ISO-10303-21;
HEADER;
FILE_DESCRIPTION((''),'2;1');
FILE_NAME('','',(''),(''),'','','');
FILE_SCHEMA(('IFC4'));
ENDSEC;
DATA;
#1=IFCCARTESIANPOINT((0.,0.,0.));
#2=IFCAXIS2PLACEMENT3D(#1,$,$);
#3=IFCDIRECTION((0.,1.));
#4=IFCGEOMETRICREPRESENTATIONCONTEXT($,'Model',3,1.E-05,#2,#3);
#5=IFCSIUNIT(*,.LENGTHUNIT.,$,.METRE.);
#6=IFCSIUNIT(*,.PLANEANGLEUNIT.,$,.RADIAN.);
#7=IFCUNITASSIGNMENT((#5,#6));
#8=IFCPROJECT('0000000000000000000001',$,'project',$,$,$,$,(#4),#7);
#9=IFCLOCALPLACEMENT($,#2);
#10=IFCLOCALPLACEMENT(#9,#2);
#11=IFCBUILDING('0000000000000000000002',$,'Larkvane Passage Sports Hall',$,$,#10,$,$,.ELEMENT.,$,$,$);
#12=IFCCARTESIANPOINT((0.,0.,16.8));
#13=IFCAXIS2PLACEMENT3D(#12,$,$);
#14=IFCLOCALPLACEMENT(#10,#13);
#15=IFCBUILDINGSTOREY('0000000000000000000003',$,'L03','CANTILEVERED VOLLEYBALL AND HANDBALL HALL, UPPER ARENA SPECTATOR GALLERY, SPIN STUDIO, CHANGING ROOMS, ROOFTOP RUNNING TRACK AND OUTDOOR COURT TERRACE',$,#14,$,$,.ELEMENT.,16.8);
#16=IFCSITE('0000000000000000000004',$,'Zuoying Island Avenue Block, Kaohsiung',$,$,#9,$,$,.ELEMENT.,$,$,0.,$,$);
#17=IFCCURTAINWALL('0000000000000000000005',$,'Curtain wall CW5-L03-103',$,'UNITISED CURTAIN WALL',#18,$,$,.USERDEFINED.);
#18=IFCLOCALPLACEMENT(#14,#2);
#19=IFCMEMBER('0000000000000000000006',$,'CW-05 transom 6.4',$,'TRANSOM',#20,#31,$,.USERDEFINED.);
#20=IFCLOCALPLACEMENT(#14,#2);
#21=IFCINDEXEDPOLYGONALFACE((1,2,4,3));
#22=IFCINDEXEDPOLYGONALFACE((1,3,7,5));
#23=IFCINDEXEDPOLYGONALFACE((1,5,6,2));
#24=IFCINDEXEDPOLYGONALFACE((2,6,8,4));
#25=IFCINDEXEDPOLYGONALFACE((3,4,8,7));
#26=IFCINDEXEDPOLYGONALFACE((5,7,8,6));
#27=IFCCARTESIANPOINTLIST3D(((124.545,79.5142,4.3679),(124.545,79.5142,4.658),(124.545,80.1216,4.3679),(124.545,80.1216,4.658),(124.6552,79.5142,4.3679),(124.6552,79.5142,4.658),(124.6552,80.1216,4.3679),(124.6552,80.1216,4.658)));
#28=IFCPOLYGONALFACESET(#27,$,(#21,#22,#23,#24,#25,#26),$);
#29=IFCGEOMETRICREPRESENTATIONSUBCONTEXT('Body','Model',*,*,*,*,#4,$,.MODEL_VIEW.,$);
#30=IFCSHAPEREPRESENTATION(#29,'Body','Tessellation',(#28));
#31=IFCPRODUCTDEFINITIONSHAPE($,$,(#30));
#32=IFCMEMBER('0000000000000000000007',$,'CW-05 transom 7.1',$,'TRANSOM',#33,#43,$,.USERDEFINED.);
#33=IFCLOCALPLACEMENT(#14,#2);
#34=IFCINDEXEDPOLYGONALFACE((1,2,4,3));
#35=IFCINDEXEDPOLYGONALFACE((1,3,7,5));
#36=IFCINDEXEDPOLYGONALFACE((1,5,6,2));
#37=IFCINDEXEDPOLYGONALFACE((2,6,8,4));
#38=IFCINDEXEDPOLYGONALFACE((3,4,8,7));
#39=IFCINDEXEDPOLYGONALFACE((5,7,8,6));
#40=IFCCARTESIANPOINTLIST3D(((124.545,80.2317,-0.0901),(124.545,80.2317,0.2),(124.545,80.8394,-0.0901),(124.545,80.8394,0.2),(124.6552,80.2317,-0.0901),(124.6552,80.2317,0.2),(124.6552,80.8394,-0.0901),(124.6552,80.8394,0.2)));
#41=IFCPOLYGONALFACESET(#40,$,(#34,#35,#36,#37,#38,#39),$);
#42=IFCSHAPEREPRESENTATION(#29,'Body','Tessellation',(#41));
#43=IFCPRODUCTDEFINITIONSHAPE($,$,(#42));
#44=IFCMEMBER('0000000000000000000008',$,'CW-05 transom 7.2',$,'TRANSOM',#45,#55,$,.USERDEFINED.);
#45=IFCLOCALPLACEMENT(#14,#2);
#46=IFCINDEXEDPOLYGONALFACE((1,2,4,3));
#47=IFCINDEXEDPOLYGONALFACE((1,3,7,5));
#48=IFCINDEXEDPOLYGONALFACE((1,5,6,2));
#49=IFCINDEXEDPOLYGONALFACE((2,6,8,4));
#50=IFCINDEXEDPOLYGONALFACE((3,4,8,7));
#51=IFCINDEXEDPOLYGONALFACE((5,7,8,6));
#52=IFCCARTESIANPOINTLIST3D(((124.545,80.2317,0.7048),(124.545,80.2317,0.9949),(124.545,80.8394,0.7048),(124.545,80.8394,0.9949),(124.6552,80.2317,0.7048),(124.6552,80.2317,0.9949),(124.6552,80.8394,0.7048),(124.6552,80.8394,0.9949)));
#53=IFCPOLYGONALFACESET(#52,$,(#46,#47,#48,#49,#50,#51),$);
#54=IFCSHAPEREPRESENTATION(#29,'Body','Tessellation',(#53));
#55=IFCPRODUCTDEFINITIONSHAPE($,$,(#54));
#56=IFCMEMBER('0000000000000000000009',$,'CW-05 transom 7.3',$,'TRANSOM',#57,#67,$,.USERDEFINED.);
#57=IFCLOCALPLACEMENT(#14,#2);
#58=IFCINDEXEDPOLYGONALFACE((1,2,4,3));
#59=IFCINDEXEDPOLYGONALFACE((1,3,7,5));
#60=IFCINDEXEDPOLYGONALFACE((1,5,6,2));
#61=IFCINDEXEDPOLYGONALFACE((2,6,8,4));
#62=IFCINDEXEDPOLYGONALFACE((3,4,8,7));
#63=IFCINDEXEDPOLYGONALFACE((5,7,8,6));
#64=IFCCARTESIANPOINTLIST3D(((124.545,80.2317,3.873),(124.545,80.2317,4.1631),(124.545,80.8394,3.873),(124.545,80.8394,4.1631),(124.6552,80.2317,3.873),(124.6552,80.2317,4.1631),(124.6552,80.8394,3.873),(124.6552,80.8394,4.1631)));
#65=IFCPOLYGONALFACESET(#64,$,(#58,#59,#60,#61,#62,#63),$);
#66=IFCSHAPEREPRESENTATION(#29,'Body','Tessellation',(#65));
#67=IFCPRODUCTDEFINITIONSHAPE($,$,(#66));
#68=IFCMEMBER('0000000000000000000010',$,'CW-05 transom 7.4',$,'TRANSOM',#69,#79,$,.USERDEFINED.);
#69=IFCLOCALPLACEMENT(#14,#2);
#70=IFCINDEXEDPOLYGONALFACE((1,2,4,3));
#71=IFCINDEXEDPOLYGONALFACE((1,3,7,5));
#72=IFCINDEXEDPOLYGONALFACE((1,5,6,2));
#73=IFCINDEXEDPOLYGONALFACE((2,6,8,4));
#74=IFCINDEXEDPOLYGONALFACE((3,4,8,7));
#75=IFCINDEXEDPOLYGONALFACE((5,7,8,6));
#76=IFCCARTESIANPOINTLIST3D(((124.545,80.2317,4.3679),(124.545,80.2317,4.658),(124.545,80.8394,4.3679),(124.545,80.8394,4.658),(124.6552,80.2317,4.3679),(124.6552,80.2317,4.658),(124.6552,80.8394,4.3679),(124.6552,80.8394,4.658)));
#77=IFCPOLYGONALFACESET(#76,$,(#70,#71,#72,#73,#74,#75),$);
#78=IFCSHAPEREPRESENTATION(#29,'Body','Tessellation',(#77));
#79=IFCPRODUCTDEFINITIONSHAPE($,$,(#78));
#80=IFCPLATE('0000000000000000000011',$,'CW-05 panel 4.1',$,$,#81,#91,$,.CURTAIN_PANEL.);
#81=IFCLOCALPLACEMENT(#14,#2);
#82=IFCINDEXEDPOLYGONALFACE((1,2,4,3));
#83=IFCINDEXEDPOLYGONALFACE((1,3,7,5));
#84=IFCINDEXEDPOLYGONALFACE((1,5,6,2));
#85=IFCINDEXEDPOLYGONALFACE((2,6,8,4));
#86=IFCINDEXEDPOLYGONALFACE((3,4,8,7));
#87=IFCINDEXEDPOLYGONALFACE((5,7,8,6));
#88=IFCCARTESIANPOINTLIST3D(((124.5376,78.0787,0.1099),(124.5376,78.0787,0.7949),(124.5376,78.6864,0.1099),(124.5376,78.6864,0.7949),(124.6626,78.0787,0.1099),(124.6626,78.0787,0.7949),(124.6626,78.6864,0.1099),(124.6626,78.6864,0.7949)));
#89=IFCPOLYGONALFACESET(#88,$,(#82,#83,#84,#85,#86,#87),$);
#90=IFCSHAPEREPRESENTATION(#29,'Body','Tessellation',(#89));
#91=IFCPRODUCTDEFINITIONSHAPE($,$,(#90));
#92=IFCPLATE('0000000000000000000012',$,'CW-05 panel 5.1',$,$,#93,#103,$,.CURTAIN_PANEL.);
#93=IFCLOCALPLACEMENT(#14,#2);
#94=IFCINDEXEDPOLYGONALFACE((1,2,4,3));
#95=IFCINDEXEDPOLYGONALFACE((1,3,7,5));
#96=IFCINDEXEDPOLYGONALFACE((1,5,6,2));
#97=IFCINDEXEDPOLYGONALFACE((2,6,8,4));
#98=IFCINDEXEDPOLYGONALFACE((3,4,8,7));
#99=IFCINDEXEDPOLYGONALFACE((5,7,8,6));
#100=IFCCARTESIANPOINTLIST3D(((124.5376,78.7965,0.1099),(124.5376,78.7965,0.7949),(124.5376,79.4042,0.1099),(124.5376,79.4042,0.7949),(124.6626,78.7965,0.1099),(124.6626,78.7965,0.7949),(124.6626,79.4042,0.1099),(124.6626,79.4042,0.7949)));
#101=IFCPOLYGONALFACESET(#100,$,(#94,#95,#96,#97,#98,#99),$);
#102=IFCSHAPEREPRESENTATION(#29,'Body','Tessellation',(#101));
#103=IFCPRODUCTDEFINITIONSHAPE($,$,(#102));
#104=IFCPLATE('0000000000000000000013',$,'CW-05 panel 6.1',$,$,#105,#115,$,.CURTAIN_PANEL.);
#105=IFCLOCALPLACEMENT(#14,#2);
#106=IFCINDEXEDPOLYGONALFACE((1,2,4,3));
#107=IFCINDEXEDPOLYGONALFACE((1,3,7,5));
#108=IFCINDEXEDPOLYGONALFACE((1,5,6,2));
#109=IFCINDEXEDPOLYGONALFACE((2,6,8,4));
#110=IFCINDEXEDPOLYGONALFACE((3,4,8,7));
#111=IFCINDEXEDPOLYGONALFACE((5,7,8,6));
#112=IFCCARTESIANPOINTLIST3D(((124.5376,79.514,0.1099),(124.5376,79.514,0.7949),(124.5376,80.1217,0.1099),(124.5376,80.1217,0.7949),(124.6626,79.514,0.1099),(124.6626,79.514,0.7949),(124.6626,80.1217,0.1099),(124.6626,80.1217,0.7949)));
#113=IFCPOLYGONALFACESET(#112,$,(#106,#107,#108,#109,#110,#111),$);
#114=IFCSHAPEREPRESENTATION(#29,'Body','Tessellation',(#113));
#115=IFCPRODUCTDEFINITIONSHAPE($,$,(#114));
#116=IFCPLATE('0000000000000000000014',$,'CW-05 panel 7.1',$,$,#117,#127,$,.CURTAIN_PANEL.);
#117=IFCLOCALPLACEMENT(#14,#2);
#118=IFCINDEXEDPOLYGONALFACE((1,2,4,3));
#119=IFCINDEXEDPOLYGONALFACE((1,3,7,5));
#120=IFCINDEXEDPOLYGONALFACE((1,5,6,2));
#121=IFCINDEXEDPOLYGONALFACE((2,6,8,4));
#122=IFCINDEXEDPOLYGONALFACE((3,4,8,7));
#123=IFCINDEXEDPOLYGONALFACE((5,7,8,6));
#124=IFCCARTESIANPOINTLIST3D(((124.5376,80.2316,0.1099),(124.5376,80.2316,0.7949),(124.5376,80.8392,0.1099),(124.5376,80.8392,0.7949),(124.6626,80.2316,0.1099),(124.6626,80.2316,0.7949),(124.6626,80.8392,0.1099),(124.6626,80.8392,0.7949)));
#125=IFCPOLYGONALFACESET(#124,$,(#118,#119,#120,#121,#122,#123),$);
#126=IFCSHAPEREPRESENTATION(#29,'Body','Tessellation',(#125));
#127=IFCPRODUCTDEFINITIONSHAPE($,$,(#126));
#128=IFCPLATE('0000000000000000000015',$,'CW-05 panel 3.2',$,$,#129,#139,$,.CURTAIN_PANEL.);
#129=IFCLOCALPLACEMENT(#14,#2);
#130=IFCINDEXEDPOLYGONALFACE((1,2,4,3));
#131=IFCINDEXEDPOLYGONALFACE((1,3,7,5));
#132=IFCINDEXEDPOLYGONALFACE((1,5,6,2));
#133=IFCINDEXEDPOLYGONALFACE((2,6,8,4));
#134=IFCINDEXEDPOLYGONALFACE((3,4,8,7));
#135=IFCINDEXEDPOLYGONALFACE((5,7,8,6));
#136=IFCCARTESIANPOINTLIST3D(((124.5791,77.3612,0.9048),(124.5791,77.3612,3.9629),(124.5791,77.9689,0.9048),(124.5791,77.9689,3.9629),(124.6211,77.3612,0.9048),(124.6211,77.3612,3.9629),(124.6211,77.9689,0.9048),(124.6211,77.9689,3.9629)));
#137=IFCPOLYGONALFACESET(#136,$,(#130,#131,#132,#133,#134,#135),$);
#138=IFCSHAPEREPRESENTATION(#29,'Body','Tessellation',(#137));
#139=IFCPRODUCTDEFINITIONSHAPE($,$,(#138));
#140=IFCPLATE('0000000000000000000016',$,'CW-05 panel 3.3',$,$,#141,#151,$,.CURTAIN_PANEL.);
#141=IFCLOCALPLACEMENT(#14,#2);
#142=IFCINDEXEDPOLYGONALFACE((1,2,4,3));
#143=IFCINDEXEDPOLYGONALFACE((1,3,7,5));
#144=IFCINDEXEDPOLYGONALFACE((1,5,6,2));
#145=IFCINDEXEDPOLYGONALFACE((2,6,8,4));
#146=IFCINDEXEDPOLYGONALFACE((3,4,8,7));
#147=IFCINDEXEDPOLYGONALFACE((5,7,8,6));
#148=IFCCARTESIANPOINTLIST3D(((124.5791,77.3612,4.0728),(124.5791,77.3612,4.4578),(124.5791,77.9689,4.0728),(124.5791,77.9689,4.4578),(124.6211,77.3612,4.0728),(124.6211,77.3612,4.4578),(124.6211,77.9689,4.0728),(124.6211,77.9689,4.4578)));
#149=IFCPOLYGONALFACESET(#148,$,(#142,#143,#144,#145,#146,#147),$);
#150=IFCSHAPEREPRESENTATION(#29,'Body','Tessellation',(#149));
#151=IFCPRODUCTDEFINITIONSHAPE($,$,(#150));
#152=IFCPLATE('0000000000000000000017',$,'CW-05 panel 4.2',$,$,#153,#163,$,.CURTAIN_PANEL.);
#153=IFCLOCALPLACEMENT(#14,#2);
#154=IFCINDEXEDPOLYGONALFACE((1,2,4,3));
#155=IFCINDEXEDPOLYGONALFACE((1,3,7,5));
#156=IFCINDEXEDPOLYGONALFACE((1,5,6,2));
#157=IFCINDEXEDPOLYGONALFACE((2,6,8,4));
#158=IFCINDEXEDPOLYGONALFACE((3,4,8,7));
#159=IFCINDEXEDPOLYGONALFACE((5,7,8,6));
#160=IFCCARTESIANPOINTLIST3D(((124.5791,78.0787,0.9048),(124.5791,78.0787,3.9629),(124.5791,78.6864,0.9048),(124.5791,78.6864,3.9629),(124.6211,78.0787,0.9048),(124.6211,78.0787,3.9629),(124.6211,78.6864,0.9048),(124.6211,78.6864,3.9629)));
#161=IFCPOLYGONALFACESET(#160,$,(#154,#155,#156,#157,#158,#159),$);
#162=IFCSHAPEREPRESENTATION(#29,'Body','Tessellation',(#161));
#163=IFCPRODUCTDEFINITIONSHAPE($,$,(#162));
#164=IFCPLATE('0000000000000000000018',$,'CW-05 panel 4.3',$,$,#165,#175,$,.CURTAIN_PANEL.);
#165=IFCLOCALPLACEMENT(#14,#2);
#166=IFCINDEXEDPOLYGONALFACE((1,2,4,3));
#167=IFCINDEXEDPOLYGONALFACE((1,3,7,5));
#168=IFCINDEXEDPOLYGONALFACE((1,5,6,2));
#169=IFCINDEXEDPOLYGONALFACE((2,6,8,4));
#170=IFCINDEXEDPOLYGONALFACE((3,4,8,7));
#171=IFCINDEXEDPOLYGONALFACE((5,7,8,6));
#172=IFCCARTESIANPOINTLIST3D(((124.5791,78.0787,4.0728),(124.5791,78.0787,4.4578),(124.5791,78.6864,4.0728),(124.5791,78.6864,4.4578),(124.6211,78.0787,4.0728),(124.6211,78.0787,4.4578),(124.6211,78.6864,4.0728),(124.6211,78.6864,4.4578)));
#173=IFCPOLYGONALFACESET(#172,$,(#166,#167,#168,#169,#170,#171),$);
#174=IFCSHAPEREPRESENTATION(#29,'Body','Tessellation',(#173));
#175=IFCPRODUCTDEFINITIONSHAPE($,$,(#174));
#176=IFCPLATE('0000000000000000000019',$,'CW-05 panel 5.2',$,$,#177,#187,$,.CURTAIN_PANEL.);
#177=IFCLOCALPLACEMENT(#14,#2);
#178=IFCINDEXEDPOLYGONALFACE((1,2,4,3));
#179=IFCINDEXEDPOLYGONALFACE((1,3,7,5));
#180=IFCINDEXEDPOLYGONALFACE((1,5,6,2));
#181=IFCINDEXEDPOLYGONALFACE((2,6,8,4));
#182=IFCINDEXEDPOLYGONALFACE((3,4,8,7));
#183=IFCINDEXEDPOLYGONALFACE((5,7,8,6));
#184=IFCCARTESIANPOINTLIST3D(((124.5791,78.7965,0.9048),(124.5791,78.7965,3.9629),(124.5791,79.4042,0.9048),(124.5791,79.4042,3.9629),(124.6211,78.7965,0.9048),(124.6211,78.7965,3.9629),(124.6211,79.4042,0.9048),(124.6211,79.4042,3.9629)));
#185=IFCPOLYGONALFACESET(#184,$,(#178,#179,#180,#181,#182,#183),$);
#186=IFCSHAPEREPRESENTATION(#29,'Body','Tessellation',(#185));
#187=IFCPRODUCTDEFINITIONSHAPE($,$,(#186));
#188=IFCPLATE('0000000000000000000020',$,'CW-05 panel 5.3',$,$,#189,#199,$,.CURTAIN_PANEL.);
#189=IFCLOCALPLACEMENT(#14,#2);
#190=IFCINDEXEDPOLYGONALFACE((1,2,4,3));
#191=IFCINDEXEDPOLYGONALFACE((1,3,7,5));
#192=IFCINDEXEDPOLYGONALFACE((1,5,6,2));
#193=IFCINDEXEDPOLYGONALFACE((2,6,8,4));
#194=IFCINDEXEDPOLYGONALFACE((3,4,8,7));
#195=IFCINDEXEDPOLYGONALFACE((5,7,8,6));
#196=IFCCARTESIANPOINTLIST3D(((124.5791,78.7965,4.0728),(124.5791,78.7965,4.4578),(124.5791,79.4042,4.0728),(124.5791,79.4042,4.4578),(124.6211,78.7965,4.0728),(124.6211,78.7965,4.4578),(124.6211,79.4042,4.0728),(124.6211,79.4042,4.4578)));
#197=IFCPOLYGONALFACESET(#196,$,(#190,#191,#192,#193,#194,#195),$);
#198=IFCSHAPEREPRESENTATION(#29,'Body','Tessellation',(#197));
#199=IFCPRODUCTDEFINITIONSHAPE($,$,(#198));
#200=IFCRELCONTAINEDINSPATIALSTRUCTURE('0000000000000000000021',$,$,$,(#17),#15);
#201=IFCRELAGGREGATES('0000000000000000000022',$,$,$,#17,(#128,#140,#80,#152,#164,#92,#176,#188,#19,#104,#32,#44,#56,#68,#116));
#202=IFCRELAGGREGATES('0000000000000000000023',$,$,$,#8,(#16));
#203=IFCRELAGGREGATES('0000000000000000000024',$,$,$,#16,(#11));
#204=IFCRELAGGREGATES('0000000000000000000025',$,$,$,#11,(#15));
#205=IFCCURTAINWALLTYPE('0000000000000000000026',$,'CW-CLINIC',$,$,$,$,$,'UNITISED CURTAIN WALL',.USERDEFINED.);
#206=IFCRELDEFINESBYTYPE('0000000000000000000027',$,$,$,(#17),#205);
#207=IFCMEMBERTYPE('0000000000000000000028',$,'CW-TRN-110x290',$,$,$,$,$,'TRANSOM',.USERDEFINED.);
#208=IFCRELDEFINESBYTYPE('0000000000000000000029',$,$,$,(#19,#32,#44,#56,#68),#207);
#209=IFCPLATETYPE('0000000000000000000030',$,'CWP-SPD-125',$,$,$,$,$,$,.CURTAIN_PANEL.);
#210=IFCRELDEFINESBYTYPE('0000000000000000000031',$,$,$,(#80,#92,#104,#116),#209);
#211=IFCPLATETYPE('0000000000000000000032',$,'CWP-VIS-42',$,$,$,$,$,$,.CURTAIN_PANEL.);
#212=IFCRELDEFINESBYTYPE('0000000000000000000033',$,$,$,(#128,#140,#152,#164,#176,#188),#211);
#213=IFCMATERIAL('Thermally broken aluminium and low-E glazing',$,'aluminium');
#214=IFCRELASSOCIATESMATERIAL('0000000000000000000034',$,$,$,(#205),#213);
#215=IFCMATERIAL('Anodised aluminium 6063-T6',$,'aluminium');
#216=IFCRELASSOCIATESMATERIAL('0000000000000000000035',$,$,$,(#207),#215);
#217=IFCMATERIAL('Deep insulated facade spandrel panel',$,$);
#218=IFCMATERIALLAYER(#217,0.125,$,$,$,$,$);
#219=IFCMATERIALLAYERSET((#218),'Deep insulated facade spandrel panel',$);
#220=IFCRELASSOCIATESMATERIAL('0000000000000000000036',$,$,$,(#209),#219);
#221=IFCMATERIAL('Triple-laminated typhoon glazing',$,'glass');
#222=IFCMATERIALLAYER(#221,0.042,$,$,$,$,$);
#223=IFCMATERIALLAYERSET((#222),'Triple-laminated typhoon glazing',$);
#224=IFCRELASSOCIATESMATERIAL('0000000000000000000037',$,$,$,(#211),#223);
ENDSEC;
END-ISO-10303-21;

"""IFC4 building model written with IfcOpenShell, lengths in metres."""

from ifc_helpers import new_model, si_unit, direction, frame, origin, origin_2d, place, context, subcontext, project, spatial, rectangle, extrude, material, layer, layer_set, material_profile, profile_set, type_object, element, aggregate, save


model = new_model("IFC4")

# Units and contexts
model_context = context("Model", 3, precision=1e-05, world=origin(), true_north=direction((0.0, 1.0)))
body_context = subcontext(model_context, "Body", "Model", "MODEL_VIEW")
ifc_project = project(units=[si_unit("LENGTHUNIT", "METRE"), si_unit("PLANEANGLEUNIT", "RADIAN")], contexts=[model_context])

# Site, building, storey
site_placement = place(None, origin())
site = spatial("IfcSite", under=ifc_project, at=site_placement, Name="Zuoying Island Avenue Block, Kaohsiung", CompositionType="ELEMENT", RefElevation=0.0)
building_placement = place(site_placement, origin())
building = spatial("IfcBuilding", under=site, at=building_placement, Name="Larkvane Passage Sports Hall", CompositionType="ELEMENT")
storey_placement = place(building_placement, frame((0.0, 0.0, 16.8)))
storey = spatial("IfcBuildingStorey", under=building, at=storey_placement, Name="L03", Description="CANTILEVERED VOLLEYBALL AND HANDBALL HALL, UPPER ARENA SPECTATOR GALLERY, SPIN STUDIO, CHANGING ROOMS, ROOFTOP RUNNING TRACK AND OUTDOOR COURT TERRACE", CompositionType="ELEMENT", Elevation=16.8)

# Curtain wall, members, plates
ifc_material_1 = material(Name="Thermally broken aluminium and low-E glazing", Category="aluminium")
curtain_wall_type = type_object("IfcCurtainWallType", Name="CW-CLINIC", ElementType="UNITISED CURTAIN WALL", PredefinedType="USERDEFINED", material=ifc_material_1)
curtain_wall_placement = place(storey_placement, origin())
curtain_wall = element("IfcCurtainWall", 1, at=curtain_wall_placement, inside=storey, type_object=curtain_wall_type, Name="Curtain wall CW5-L03-103", ObjectType="UNITISED CURTAIN WALL", PredefinedType="USERDEFINED")
ifc_material_2 = material(Name="Anodised aluminium 6063-T6", Category="aluminium")
ifc_material_profile_1 = material_profile(ifc_material_2, rectangle(XDim=0.1101, YDim=0.29, at=origin_2d()), Name="ALU-TRN-110x290")
ifc_profile_set_1 = profile_set([ifc_material_profile_1], Name="Anodised aluminium 6063-T6")
member_type_1 = type_object("IfcMemberType", Name="CW-TRN-110x290", ElementType="TRANSOM", PredefinedType="USERDEFINED", material=ifc_profile_set_1)
member_1_placement = place(storey_placement, frame((124.6001, 79.5142, 4.5129), z_axis=(0.0, 1.0, 0.0), x_axis=(-1.0, 0.0, 0.0)))
member_1 = element("IfcMember", 2, at=member_1_placement, type_object=member_type_1, Name="CW-05 transom 6.4", ObjectType="TRANSOM", PredefinedType="USERDEFINED", context=body_context, shape_type="SweptSolid", body=[
    extrude(rectangle(XDim=0.1101, YDim=0.29, at=origin_2d()), origin(), (0.0, 0.0, 1.0), 0.6074),
])
member_2_placement = place(storey_placement, frame((124.6001, 80.2317, 0.0549), z_axis=(0.0, 1.0, 0.0), x_axis=(-1.0, 0.0, 0.0)))
member_2 = element("IfcMember", 3, at=member_2_placement, type_object=member_type_1, Name="CW-05 transom 7.1", ObjectType="TRANSOM", PredefinedType="USERDEFINED", context=body_context, shape_type="SweptSolid", body=[
    extrude(rectangle(XDim=0.1101, YDim=0.29, at=origin_2d()), origin(), (0.0, 0.0, 1.0), 0.6077),
])
member_3_placement = place(storey_placement, frame((124.6001, 80.2317, 0.8499), z_axis=(0.0, 1.0, 0.0), x_axis=(-1.0, 0.0, 0.0)))
member_3 = element("IfcMember", 4, at=member_3_placement, type_object=member_type_1, Name="CW-05 transom 7.2", ObjectType="TRANSOM", PredefinedType="USERDEFINED", context=body_context, shape_type="SweptSolid", body=[
    extrude(rectangle(XDim=0.1101, YDim=0.29, at=origin_2d()), origin(), (0.0, 0.0, 1.0), 0.6077),
])
member_4_placement = place(storey_placement, frame((124.6001, 80.2317, 4.0181), z_axis=(0.0, 1.0, 0.0), x_axis=(-1.0, 0.0, 0.0)))
member_4 = element("IfcMember", 5, at=member_4_placement, type_object=member_type_1, Name="CW-05 transom 7.3", ObjectType="TRANSOM", PredefinedType="USERDEFINED", context=body_context, shape_type="SweptSolid", body=[
    extrude(rectangle(XDim=0.1101, YDim=0.29, at=origin_2d()), origin(), (0.0, 0.0, 1.0), 0.6077),
])
member_5_placement = place(storey_placement, frame((124.6001, 80.2317, 4.5129), z_axis=(0.0, 1.0, 0.0), x_axis=(-1.0, 0.0, 0.0)))
member_5 = element("IfcMember", 6, at=member_5_placement, type_object=member_type_1, Name="CW-05 transom 7.4", ObjectType="TRANSOM", PredefinedType="USERDEFINED", context=body_context, shape_type="SweptSolid", body=[
    extrude(rectangle(XDim=0.1101, YDim=0.29, at=origin_2d()), origin(), (0.0, 0.0, 1.0), 0.6077),
])
ifc_material_3 = material(Name="Deep insulated facade spandrel panel")
ifc_layer_1 = layer(ifc_material_3, 0.125)
ifc_layer_set_1 = layer_set([ifc_layer_1], Name="Deep insulated facade spandrel panel")
plate_type_1 = type_object("IfcPlateType", Name="CWP-SPD-125", PredefinedType="CURTAIN_PANEL", material=ifc_layer_set_1)
plate_1_placement = place(storey_placement, frame((124.6001, 78.3826, 0.1099), z_axis=(0.0, 0.0, 1.0), x_axis=(0.0, 1.0, 0.0)))
plate_1 = element("IfcPlate", 7, at=plate_1_placement, type_object=plate_type_1, Name="CW-05 panel 4.1", PredefinedType="CURTAIN_PANEL", context=body_context, shape_type="SweptSolid", body=[
    extrude(rectangle(XDim=0.6077, YDim=0.125, at=origin_2d()), origin(), (0.0, 0.0, 1.0), 0.6851),
])
plate_2_placement = place(storey_placement, frame((124.6001, 79.1003, 0.1099), z_axis=(0.0, 0.0, 1.0), x_axis=(0.0, 1.0, 0.0)))
plate_2 = element("IfcPlate", 8, at=plate_2_placement, type_object=plate_type_1, Name="CW-05 panel 5.1", PredefinedType="CURTAIN_PANEL", context=body_context, shape_type="SweptSolid", body=[
    extrude(rectangle(XDim=0.6077, YDim=0.125, at=origin_2d()), origin(), (0.0, 0.0, 1.0), 0.6851),
])
plate_3_placement = place(storey_placement, frame((124.6001, 79.8179, 0.1099), z_axis=(0.0, 0.0, 1.0), x_axis=(0.0, 1.0, 0.0)))
plate_3 = element("IfcPlate", 9, at=plate_3_placement, type_object=plate_type_1, Name="CW-05 panel 6.1", PredefinedType="CURTAIN_PANEL", context=body_context, shape_type="SweptSolid", body=[
    extrude(rectangle(XDim=0.6077, YDim=0.125, at=origin_2d()), origin(), (0.0, 0.0, 1.0), 0.6851),
])
plate_4_placement = place(storey_placement, frame((124.6001, 80.5354, 0.1099), z_axis=(0.0, 0.0, 1.0), x_axis=(0.0, 1.0, 0.0)))
plate_4 = element("IfcPlate", 10, at=plate_4_placement, type_object=plate_type_1, Name="CW-05 panel 7.1", PredefinedType="CURTAIN_PANEL", context=body_context, shape_type="SweptSolid", body=[
    extrude(rectangle(XDim=0.6077, YDim=0.125, at=origin_2d()), origin(), (0.0, 0.0, 1.0), 0.6851),
])
ifc_material_4 = material(Name="Triple-laminated typhoon glazing", Category="glass")
ifc_layer_2 = layer(ifc_material_4, 0.042)
ifc_layer_set_2 = layer_set([ifc_layer_2], Name="Triple-laminated typhoon glazing")
plate_type_2 = type_object("IfcPlateType", Name="CWP-VIS-42", PredefinedType="CURTAIN_PANEL", material=ifc_layer_set_2)
plate_5_placement = place(storey_placement, frame((124.6001, 77.665, 0.9048), z_axis=(0.0, 0.0, 1.0), x_axis=(0.0, 1.0, 0.0)))
plate_5 = element("IfcPlate", 11, at=plate_5_placement, type_object=plate_type_2, Name="CW-05 panel 3.2", PredefinedType="CURTAIN_PANEL", context=body_context, shape_type="SweptSolid", body=[
    extrude(rectangle(XDim=0.6077, YDim=0.042, at=origin_2d()), origin(), (0.0, 0.0, 1.0), 3.0581),
])
plate_6_placement = place(storey_placement, frame((124.6001, 77.665, 4.0728), z_axis=(0.0, 0.0, 1.0), x_axis=(0.0, 1.0, 0.0)))
plate_6 = element("IfcPlate", 12, at=plate_6_placement, type_object=plate_type_2, Name="CW-05 panel 3.3", PredefinedType="CURTAIN_PANEL", context=body_context, shape_type="SweptSolid", body=[
    extrude(rectangle(XDim=0.6077, YDim=0.042, at=origin_2d()), origin(), (0.0, 0.0, 1.0), 0.385),
])
plate_7_placement = place(storey_placement, frame((124.6001, 78.3826, 0.9048), z_axis=(0.0, 0.0, 1.0), x_axis=(0.0, 1.0, 0.0)))
plate_7 = element("IfcPlate", 13, at=plate_7_placement, type_object=plate_type_2, Name="CW-05 panel 4.2", PredefinedType="CURTAIN_PANEL", context=body_context, shape_type="SweptSolid", body=[
    extrude(rectangle(XDim=0.6077, YDim=0.042, at=origin_2d()), origin(), (0.0, 0.0, 1.0), 3.0581),
])
plate_8_placement = place(storey_placement, frame((124.6001, 78.3826, 4.0728), z_axis=(0.0, 0.0, 1.0), x_axis=(0.0, 1.0, 0.0)))
plate_8 = element("IfcPlate", 14, at=plate_8_placement, type_object=plate_type_2, Name="CW-05 panel 4.3", PredefinedType="CURTAIN_PANEL", context=body_context, shape_type="SweptSolid", body=[
    extrude(rectangle(XDim=0.6077, YDim=0.042, at=origin_2d()), origin(), (0.0, 0.0, 1.0), 0.385),
])
plate_9_placement = place(storey_placement, frame((124.6001, 79.1003, 0.9048), z_axis=(0.0, 0.0, 1.0), x_axis=(0.0, 1.0, 0.0)))
plate_9 = element("IfcPlate", 15, at=plate_9_placement, type_object=plate_type_2, Name="CW-05 panel 5.2", PredefinedType="CURTAIN_PANEL", context=body_context, shape_type="SweptSolid", body=[
    extrude(rectangle(XDim=0.6077, YDim=0.042, at=origin_2d()), origin(), (0.0, 0.0, 1.0), 3.0581),
])
plate_10_placement = place(storey_placement, frame((124.6001, 79.1003, 4.0728), z_axis=(0.0, 0.0, 1.0), x_axis=(0.0, 1.0, 0.0)))
plate_10 = element("IfcPlate", 16, at=plate_10_placement, type_object=plate_type_2, Name="CW-05 panel 5.3", PredefinedType="CURTAIN_PANEL", context=body_context, shape_type="SweptSolid", body=[
    extrude(rectangle(XDim=0.6077, YDim=0.042, at=origin_2d()), origin(), (0.0, 0.0, 1.0), 0.385),
])
aggregate(curtain_wall, [plate_5, plate_6, plate_1, plate_7, plate_8, plate_2, plate_9, plate_10, member_1, plate_3, member_2, member_3, member_4, member_5, plate_4])

save(model, "model.ifc")
